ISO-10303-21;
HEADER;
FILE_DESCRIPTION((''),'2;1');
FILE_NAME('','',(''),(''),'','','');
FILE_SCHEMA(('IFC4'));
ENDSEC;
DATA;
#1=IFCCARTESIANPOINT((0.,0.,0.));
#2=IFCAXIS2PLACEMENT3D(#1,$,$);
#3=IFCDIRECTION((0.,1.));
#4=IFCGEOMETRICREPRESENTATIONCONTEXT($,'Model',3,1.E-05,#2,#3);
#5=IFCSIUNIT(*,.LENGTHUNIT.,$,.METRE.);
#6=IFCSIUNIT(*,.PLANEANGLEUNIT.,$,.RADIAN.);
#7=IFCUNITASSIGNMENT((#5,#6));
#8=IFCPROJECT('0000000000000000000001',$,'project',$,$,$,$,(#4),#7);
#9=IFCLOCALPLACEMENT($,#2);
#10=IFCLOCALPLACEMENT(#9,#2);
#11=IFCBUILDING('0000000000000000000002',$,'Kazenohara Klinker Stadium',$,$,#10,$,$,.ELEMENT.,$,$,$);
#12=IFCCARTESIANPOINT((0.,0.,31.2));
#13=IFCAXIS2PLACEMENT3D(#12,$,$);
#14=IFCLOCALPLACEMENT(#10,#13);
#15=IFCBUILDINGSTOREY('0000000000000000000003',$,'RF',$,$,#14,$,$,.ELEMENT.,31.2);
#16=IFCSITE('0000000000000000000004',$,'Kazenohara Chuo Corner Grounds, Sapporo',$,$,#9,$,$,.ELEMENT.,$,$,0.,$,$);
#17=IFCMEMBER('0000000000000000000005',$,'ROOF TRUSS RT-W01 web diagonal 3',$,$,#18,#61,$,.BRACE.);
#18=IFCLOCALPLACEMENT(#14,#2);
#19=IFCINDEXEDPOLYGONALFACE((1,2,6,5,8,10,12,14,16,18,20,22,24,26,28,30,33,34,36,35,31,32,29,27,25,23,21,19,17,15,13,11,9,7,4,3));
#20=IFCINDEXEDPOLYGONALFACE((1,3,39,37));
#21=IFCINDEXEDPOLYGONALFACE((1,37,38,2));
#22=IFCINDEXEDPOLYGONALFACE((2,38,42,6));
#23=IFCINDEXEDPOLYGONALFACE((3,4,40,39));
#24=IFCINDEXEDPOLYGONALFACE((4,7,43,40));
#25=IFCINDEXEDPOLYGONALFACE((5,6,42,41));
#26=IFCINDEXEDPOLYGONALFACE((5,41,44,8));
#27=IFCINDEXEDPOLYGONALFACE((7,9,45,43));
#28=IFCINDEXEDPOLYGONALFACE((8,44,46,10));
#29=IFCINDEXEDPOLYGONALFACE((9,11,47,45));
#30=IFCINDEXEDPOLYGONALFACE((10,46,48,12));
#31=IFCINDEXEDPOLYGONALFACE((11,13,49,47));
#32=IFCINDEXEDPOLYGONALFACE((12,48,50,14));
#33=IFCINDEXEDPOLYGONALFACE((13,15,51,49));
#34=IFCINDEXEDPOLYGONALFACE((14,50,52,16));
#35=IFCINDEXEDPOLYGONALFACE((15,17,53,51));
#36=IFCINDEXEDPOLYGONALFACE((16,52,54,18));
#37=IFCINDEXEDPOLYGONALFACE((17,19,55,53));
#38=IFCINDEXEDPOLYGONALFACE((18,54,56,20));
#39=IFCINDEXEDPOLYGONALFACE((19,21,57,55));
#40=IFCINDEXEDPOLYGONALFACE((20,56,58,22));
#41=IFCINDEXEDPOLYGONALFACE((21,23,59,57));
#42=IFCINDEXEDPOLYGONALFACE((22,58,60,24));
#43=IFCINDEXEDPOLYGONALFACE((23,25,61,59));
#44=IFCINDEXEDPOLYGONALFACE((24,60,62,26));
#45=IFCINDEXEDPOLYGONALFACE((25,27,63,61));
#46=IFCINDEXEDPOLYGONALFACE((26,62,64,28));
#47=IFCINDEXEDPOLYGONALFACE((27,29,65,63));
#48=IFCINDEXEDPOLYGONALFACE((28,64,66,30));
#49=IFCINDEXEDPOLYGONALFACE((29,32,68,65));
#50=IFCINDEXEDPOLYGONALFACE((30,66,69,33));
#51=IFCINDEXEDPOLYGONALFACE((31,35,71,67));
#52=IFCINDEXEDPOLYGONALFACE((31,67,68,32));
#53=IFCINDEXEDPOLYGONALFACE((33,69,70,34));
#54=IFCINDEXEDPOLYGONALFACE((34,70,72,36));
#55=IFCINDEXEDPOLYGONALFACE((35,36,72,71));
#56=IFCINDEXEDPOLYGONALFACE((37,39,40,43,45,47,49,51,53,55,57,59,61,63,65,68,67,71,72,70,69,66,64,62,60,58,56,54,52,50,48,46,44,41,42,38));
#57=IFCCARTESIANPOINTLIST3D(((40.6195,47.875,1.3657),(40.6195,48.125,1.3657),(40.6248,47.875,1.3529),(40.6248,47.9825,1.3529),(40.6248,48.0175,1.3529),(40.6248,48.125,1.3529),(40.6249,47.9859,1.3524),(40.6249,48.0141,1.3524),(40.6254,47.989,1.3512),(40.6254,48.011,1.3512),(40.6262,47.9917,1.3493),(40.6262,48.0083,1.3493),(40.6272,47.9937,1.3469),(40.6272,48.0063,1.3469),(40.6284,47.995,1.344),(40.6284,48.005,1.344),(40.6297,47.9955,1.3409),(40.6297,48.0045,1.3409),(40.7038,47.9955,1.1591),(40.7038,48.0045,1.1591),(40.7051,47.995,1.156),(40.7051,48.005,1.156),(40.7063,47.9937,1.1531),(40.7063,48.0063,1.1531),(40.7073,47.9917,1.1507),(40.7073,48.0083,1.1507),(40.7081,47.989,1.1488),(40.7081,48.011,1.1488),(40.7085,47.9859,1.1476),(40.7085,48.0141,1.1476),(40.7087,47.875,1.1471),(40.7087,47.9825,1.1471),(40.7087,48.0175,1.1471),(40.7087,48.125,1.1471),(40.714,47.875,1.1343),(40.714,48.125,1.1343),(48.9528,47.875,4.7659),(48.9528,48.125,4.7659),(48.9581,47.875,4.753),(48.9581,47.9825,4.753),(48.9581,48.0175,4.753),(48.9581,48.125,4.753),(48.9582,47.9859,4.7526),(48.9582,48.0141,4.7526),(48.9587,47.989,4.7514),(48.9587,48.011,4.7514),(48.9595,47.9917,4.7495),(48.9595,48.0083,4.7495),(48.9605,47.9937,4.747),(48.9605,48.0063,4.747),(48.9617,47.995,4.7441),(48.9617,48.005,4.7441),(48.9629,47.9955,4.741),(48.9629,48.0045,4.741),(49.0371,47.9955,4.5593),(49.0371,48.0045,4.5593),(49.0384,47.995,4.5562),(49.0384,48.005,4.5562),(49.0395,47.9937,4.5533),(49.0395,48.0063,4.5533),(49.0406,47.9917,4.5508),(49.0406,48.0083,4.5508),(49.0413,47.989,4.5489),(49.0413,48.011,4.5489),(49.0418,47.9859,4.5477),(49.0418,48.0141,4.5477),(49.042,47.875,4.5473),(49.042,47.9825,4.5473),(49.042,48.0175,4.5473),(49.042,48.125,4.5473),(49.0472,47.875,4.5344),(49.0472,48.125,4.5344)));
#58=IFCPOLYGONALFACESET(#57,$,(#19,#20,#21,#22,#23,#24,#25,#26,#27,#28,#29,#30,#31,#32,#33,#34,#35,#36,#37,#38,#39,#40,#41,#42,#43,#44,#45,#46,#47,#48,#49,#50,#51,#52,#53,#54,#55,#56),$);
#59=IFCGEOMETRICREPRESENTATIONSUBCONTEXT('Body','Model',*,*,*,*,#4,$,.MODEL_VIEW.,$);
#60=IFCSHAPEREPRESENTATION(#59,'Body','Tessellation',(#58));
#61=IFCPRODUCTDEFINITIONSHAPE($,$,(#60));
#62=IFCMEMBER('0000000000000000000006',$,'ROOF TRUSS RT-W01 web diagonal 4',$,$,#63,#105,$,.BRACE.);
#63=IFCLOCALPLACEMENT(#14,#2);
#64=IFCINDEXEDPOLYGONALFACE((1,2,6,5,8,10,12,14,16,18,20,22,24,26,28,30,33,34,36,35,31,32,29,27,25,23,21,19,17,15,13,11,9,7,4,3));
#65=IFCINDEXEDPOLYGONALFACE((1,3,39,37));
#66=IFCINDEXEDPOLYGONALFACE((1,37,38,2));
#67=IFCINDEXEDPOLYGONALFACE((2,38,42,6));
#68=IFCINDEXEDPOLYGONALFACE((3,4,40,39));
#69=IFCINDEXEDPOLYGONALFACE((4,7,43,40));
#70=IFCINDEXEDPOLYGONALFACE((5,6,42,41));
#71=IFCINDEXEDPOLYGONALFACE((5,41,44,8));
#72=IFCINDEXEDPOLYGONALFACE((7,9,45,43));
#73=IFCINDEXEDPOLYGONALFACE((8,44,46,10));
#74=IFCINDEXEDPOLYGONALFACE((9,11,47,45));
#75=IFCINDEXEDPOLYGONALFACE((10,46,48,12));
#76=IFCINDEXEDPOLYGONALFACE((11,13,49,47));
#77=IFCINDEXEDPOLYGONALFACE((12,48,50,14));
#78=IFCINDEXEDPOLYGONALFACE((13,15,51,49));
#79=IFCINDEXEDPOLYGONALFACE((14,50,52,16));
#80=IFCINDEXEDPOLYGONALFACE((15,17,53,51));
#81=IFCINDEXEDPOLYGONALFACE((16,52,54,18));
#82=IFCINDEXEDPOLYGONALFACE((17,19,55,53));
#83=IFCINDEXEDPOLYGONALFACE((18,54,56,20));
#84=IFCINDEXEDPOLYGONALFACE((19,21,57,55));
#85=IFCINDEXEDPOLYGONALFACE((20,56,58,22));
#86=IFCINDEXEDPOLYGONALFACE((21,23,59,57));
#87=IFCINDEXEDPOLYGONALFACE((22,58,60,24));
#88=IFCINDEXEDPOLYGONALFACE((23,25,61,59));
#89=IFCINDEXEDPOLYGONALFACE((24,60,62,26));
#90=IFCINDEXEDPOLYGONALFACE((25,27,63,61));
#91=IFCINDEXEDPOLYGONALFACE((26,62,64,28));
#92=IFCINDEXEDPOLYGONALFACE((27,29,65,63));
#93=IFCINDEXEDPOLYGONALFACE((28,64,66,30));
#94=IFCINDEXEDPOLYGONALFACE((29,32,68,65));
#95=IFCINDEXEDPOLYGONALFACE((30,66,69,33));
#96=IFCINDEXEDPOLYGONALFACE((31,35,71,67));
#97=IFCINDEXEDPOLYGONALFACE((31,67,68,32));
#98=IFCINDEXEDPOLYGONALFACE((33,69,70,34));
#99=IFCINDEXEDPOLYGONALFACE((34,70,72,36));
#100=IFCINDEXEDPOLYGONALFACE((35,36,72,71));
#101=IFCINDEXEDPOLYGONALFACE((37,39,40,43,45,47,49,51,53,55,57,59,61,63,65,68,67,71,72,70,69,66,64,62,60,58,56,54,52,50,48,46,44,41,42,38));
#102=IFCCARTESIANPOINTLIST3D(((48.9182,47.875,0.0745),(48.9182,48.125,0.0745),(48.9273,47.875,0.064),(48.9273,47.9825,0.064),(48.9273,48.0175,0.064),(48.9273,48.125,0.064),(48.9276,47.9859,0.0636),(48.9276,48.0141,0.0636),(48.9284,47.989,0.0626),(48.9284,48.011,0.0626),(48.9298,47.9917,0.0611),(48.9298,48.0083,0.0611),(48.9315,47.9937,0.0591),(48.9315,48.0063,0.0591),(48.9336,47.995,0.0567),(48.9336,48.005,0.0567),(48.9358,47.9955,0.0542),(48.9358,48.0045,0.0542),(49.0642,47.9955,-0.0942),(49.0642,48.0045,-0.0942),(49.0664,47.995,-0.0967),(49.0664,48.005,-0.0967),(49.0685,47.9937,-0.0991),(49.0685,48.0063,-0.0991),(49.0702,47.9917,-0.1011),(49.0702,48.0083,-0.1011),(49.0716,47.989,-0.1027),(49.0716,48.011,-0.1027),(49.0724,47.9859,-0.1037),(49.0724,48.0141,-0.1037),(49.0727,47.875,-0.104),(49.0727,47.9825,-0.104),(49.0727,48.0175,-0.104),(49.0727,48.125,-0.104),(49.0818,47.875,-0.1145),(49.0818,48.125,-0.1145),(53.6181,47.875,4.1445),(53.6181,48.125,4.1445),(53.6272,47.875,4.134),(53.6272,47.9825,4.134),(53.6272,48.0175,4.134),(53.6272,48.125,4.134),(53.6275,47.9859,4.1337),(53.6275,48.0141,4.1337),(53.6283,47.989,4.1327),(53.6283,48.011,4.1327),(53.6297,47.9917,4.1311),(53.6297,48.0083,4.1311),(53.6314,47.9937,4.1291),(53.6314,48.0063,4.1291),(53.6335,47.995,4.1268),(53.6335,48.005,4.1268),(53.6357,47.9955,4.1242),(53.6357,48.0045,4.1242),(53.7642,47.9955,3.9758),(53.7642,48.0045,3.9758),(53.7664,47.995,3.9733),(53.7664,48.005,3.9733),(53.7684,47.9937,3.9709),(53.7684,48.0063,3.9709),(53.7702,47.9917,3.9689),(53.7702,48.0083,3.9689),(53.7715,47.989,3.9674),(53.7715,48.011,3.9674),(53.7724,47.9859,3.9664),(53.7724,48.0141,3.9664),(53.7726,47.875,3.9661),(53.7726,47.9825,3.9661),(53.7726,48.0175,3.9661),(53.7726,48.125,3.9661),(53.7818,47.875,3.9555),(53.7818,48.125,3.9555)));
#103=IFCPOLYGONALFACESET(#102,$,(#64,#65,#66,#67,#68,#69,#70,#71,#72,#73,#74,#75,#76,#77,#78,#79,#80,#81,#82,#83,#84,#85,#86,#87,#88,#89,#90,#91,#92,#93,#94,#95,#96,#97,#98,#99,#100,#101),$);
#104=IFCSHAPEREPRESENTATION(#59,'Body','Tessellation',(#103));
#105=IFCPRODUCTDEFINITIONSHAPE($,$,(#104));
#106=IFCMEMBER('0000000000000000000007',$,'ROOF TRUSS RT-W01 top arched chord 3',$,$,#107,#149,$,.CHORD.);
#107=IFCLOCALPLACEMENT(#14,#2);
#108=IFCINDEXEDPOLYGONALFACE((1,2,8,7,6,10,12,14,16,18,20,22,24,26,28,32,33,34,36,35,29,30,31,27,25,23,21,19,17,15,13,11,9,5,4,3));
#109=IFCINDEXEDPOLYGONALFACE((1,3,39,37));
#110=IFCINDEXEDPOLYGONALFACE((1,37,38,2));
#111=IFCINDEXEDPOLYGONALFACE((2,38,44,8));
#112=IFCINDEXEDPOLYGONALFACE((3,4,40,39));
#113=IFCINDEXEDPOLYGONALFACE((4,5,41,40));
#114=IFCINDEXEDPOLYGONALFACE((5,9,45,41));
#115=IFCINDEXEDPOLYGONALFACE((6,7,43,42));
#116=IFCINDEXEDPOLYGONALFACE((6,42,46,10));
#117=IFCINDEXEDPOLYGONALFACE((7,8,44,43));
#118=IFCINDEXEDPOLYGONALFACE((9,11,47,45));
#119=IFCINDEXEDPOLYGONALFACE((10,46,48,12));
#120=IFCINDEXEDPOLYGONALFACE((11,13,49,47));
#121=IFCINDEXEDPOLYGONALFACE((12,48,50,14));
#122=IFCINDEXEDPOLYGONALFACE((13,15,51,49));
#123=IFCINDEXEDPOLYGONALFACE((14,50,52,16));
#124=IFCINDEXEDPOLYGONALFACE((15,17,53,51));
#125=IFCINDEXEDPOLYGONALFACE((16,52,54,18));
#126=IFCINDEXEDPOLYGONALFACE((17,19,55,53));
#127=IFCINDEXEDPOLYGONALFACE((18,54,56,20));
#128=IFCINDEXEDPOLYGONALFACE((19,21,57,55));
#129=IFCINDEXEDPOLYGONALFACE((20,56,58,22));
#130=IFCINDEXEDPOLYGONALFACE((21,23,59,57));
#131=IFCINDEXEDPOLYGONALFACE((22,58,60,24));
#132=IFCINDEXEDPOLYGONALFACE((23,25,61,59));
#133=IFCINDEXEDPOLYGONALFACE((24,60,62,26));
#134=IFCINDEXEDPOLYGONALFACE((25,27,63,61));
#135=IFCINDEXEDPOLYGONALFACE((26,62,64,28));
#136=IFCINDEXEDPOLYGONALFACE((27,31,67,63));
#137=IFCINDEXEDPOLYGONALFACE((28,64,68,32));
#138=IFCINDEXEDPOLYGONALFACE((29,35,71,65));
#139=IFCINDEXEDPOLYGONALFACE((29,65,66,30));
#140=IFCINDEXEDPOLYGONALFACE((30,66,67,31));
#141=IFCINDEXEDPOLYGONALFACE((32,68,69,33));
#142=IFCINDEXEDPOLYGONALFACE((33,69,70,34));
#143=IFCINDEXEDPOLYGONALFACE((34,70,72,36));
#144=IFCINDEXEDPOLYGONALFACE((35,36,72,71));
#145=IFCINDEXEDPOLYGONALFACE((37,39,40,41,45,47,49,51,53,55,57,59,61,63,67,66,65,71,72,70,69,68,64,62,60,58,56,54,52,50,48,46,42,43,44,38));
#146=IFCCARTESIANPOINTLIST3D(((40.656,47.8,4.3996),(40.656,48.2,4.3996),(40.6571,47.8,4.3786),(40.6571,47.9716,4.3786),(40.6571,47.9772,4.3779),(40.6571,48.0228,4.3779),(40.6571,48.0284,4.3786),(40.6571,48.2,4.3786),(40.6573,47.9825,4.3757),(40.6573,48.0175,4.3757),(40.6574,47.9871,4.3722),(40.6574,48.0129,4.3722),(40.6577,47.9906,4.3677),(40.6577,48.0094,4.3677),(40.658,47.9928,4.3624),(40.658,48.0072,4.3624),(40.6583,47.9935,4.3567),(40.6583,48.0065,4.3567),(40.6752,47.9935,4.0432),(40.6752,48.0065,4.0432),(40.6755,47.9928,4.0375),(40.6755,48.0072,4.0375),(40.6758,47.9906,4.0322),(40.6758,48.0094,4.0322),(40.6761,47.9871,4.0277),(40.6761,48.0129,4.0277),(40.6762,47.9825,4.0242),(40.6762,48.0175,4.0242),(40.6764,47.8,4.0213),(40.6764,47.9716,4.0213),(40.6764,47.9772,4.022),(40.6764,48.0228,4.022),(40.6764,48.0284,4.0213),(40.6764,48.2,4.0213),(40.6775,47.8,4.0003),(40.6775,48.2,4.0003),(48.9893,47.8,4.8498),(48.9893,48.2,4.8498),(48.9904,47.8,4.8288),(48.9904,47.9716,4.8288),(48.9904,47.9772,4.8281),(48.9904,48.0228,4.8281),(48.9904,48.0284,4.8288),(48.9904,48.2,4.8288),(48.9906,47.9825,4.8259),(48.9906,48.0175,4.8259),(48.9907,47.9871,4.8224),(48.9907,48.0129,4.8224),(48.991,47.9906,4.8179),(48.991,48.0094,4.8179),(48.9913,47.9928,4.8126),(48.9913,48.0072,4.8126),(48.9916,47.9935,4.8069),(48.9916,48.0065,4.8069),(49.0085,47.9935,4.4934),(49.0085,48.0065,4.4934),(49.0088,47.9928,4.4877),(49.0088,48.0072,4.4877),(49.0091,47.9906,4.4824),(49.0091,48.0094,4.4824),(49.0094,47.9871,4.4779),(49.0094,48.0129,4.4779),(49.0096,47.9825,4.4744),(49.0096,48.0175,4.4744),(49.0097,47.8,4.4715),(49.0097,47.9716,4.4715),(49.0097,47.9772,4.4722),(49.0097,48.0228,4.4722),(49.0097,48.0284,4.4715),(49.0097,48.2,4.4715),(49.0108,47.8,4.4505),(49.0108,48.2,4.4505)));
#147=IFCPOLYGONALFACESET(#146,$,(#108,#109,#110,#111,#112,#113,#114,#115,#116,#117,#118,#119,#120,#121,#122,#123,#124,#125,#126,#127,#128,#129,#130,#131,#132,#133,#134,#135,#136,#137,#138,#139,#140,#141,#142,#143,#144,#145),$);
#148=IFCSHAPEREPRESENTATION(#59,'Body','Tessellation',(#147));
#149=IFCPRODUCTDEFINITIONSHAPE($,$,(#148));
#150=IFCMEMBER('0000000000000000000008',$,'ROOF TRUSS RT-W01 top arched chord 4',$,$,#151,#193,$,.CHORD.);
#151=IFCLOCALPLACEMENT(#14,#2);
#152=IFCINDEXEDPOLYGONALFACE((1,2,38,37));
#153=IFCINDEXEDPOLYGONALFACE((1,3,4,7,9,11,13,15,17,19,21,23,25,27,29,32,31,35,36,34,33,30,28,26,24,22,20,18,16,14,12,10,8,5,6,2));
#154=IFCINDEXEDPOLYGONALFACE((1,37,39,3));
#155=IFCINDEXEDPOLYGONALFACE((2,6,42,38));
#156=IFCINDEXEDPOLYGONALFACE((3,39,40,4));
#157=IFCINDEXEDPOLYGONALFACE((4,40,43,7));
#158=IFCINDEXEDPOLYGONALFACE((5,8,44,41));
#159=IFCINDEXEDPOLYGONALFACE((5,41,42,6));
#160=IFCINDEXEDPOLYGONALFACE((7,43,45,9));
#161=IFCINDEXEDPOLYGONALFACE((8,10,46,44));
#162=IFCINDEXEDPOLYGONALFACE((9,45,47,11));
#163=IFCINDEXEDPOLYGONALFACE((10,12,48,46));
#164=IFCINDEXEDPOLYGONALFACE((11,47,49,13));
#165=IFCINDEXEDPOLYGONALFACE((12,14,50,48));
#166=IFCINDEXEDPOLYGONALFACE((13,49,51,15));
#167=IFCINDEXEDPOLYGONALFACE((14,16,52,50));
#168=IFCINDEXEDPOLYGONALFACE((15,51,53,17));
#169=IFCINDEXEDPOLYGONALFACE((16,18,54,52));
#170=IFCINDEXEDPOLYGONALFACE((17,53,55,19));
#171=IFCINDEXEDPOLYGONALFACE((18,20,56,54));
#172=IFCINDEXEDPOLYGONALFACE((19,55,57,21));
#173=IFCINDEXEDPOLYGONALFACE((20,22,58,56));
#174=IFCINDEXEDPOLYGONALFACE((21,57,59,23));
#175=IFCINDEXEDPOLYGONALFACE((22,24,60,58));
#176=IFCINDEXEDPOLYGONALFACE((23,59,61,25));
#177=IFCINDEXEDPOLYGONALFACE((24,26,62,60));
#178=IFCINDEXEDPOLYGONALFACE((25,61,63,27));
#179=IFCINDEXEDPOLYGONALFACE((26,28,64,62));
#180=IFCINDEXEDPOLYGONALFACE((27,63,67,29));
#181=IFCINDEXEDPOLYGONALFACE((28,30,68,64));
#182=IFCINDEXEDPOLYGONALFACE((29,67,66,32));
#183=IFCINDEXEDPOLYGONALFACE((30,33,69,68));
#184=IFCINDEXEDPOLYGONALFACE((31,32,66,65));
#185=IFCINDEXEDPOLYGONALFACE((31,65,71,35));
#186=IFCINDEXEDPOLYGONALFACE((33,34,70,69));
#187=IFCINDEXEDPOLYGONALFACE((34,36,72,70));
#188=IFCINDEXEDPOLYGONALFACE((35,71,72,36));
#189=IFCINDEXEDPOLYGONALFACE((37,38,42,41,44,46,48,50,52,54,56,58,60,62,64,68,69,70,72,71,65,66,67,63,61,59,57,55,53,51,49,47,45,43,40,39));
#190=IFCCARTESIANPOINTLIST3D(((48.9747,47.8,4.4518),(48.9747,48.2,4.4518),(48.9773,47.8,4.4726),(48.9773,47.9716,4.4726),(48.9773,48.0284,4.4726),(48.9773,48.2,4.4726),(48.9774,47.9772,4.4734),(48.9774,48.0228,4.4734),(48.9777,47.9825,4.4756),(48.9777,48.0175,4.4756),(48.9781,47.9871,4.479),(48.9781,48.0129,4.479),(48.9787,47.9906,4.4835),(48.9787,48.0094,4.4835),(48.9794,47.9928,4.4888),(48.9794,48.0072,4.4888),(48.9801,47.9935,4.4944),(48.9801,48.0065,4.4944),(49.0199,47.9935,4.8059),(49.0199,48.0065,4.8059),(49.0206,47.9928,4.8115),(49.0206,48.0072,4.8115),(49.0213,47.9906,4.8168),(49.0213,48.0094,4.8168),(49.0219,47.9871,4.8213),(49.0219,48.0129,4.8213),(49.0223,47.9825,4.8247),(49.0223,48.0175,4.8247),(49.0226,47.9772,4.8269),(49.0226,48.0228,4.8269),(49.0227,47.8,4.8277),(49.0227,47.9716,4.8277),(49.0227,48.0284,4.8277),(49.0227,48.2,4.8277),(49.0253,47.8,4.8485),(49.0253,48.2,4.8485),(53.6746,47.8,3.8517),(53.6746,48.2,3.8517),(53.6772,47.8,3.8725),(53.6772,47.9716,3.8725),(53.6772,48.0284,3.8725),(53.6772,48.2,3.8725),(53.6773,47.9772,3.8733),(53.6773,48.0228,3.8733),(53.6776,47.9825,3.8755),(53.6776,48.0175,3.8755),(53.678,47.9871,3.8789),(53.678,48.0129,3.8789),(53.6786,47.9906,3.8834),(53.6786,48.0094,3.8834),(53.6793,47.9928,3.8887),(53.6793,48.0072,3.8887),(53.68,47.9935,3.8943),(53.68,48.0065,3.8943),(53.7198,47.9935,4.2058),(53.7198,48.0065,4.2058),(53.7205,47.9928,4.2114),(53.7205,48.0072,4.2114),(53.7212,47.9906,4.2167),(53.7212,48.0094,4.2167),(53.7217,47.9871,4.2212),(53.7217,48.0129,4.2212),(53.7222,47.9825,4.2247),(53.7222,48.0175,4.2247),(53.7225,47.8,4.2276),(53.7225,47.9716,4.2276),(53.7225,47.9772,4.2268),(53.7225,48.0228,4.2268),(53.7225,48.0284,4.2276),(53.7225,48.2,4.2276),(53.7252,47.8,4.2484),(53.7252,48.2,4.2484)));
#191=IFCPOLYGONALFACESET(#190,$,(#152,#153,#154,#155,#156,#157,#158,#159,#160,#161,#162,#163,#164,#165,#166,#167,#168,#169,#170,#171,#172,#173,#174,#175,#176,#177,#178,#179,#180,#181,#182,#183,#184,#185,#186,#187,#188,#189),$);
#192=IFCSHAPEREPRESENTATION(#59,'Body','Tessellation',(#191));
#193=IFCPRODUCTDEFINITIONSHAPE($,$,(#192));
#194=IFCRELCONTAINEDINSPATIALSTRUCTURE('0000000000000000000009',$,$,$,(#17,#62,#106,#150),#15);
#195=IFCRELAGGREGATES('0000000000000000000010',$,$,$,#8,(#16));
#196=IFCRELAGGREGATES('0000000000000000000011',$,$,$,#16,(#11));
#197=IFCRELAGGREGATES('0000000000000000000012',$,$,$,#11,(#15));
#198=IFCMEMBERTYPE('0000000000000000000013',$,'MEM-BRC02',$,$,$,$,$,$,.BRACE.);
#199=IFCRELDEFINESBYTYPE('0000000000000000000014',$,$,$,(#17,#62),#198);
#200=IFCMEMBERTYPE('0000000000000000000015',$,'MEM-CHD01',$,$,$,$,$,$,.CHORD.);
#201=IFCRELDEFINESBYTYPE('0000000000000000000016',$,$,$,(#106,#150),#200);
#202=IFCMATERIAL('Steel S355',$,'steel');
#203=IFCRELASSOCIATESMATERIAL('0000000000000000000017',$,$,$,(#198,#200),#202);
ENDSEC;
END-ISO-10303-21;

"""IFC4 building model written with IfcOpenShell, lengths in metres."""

from ifc_helpers import new_model, si_unit, direction, frame, origin, origin_2d, place, context, subcontext, project, spatial, i_section, extrude, material, material_profile, profile_set, type_object, element, save


model = new_model("IFC4")

# Units and contexts
model_context = context("Model", 3, precision=1e-05, world=origin(), true_north=direction((0.0, 1.0)))
body_context = subcontext(model_context, "Body", "Model", "MODEL_VIEW")
ifc_project = project(units=[si_unit("LENGTHUNIT", "METRE"), si_unit("PLANEANGLEUNIT", "RADIAN")], contexts=[model_context])

# Site, building, storey
site_placement = place(None, origin())
site = spatial("IfcSite", under=ifc_project, at=site_placement, Name="Kazenohara Chuo Corner Grounds, Sapporo", CompositionType="ELEMENT", RefElevation=0.0)
building_placement = place(site_placement, origin())
building = spatial("IfcBuilding", under=site, at=building_placement, Name="Kazenohara Klinker Stadium", CompositionType="ELEMENT")
storey_placement = place(building_placement, frame((0.0, 0.0, 31.2)))
storey = spatial("IfcBuildingStorey", under=building, at=storey_placement, Name="RF", CompositionType="ELEMENT", Elevation=31.2)

# Members
ifc_material_1 = material(Name="Steel S355", Category="steel")
ifc_material_profile_1 = material_profile(ifc_material_1, i_section(OverallWidth=0.25, OverallDepth=0.25, WebThickness=0.009, FlangeThickness=0.0139, FilletRadius=0.0129, at=origin_2d()), Name="H-250x250x9x14")
ifc_profile_set_1 = profile_set([ifc_material_profile_1], Name="Steel S355")
member_type_1 = type_object("IfcMemberType", Name="MEM-BRC02", PredefinedType="BRACE", material=ifc_profile_set_1)
member_1_placement = place(storey_placement, frame((40.6667, 48.0, 1.25), z_axis=(0.925894, 0.0, 0.377785), x_axis=(0.0, 1.0, 0.0)))
element("IfcMember", 1, at=member_1_placement, inside=storey, type_object=member_type_1, Name="ROOF TRUSS RT-W01 web diagonal 3", PredefinedType="BRACE", context=body_context, shape_type="SweptSolid", body=[
    extrude(i_section(OverallWidth=0.25, OverallDepth=0.25, WebThickness=0.009, FlangeThickness=0.0139, FilletRadius=0.0129, at=origin_2d()), origin(), (0.0, 0.0, 1.0), 9.0002),
])
member_2_placement = place(storey_placement, frame((49.0, 48.0, -0.02), z_axis=(0.755946, 0.0, 0.654634), x_axis=(0.0, 1.0, 0.0)))
element("IfcMember", 2, at=member_2_placement, inside=storey, type_object=member_type_1, Name="ROOF TRUSS RT-W01 web diagonal 4", PredefinedType="BRACE", context=body_context, shape_type="SweptSolid", body=[
    extrude(i_section(OverallWidth=0.25, OverallDepth=0.25, WebThickness=0.009, FlangeThickness=0.0139, FilletRadius=0.0129, at=origin_2d()), origin(), (0.0, 0.0, 1.0), 6.2173),
])
ifc_material_profile_2 = material_profile(ifc_material_1, i_section(OverallWidth=0.3999, OverallDepth=0.3999, WebThickness=0.0129, FlangeThickness=0.021, FilletRadius=0.022, at=origin_2d()), Name="H-400x400x13x21")
ifc_profile_set_2 = profile_set([ifc_material_profile_2], Name="Steel S355")
member_type_2 = type_object("IfcMemberType", Name="MEM-CHD01", PredefinedType="CHORD", material=ifc_profile_set_2)
member_3_placement = place(storey_placement, frame((40.6667, 48.0, 4.2), z_axis=(0.998544, 0.0, 0.053945), x_axis=(0.0, 1.0, 0.0)))
element("IfcMember", 3, at=member_3_placement, inside=storey, type_object=member_type_2, Name="ROOF TRUSS RT-W01 top arched chord 3", PredefinedType="CHORD", context=body_context, shape_type="SweptSolid", body=[
    extrude(i_section(OverallWidth=0.3999, OverallDepth=0.3999, WebThickness=0.0129, FlangeThickness=0.021, FilletRadius=0.022, at=origin_2d()), origin(), (0.0, 0.0, 1.0), 8.3455),
])
member_4_placement = place(storey_placement, frame((49.0, 48.0, 4.6501), z_axis=(0.991947, 0.0, -0.126653), x_axis=(0.0, 1.0, 0.0)))
element("IfcMember", 4, at=member_4_placement, inside=storey, type_object=member_type_2, Name="ROOF TRUSS RT-W01 top arched chord 4", PredefinedType="CHORD", context=body_context, shape_type="SweptSolid", body=[
    extrude(i_section(OverallWidth=0.3999, OverallDepth=0.3999, WebThickness=0.0129, FlangeThickness=0.021, FilletRadius=0.022, at=origin_2d()), origin(), (0.0, 0.0, 1.0), 4.738),
])

save(model, "model.ifc")
